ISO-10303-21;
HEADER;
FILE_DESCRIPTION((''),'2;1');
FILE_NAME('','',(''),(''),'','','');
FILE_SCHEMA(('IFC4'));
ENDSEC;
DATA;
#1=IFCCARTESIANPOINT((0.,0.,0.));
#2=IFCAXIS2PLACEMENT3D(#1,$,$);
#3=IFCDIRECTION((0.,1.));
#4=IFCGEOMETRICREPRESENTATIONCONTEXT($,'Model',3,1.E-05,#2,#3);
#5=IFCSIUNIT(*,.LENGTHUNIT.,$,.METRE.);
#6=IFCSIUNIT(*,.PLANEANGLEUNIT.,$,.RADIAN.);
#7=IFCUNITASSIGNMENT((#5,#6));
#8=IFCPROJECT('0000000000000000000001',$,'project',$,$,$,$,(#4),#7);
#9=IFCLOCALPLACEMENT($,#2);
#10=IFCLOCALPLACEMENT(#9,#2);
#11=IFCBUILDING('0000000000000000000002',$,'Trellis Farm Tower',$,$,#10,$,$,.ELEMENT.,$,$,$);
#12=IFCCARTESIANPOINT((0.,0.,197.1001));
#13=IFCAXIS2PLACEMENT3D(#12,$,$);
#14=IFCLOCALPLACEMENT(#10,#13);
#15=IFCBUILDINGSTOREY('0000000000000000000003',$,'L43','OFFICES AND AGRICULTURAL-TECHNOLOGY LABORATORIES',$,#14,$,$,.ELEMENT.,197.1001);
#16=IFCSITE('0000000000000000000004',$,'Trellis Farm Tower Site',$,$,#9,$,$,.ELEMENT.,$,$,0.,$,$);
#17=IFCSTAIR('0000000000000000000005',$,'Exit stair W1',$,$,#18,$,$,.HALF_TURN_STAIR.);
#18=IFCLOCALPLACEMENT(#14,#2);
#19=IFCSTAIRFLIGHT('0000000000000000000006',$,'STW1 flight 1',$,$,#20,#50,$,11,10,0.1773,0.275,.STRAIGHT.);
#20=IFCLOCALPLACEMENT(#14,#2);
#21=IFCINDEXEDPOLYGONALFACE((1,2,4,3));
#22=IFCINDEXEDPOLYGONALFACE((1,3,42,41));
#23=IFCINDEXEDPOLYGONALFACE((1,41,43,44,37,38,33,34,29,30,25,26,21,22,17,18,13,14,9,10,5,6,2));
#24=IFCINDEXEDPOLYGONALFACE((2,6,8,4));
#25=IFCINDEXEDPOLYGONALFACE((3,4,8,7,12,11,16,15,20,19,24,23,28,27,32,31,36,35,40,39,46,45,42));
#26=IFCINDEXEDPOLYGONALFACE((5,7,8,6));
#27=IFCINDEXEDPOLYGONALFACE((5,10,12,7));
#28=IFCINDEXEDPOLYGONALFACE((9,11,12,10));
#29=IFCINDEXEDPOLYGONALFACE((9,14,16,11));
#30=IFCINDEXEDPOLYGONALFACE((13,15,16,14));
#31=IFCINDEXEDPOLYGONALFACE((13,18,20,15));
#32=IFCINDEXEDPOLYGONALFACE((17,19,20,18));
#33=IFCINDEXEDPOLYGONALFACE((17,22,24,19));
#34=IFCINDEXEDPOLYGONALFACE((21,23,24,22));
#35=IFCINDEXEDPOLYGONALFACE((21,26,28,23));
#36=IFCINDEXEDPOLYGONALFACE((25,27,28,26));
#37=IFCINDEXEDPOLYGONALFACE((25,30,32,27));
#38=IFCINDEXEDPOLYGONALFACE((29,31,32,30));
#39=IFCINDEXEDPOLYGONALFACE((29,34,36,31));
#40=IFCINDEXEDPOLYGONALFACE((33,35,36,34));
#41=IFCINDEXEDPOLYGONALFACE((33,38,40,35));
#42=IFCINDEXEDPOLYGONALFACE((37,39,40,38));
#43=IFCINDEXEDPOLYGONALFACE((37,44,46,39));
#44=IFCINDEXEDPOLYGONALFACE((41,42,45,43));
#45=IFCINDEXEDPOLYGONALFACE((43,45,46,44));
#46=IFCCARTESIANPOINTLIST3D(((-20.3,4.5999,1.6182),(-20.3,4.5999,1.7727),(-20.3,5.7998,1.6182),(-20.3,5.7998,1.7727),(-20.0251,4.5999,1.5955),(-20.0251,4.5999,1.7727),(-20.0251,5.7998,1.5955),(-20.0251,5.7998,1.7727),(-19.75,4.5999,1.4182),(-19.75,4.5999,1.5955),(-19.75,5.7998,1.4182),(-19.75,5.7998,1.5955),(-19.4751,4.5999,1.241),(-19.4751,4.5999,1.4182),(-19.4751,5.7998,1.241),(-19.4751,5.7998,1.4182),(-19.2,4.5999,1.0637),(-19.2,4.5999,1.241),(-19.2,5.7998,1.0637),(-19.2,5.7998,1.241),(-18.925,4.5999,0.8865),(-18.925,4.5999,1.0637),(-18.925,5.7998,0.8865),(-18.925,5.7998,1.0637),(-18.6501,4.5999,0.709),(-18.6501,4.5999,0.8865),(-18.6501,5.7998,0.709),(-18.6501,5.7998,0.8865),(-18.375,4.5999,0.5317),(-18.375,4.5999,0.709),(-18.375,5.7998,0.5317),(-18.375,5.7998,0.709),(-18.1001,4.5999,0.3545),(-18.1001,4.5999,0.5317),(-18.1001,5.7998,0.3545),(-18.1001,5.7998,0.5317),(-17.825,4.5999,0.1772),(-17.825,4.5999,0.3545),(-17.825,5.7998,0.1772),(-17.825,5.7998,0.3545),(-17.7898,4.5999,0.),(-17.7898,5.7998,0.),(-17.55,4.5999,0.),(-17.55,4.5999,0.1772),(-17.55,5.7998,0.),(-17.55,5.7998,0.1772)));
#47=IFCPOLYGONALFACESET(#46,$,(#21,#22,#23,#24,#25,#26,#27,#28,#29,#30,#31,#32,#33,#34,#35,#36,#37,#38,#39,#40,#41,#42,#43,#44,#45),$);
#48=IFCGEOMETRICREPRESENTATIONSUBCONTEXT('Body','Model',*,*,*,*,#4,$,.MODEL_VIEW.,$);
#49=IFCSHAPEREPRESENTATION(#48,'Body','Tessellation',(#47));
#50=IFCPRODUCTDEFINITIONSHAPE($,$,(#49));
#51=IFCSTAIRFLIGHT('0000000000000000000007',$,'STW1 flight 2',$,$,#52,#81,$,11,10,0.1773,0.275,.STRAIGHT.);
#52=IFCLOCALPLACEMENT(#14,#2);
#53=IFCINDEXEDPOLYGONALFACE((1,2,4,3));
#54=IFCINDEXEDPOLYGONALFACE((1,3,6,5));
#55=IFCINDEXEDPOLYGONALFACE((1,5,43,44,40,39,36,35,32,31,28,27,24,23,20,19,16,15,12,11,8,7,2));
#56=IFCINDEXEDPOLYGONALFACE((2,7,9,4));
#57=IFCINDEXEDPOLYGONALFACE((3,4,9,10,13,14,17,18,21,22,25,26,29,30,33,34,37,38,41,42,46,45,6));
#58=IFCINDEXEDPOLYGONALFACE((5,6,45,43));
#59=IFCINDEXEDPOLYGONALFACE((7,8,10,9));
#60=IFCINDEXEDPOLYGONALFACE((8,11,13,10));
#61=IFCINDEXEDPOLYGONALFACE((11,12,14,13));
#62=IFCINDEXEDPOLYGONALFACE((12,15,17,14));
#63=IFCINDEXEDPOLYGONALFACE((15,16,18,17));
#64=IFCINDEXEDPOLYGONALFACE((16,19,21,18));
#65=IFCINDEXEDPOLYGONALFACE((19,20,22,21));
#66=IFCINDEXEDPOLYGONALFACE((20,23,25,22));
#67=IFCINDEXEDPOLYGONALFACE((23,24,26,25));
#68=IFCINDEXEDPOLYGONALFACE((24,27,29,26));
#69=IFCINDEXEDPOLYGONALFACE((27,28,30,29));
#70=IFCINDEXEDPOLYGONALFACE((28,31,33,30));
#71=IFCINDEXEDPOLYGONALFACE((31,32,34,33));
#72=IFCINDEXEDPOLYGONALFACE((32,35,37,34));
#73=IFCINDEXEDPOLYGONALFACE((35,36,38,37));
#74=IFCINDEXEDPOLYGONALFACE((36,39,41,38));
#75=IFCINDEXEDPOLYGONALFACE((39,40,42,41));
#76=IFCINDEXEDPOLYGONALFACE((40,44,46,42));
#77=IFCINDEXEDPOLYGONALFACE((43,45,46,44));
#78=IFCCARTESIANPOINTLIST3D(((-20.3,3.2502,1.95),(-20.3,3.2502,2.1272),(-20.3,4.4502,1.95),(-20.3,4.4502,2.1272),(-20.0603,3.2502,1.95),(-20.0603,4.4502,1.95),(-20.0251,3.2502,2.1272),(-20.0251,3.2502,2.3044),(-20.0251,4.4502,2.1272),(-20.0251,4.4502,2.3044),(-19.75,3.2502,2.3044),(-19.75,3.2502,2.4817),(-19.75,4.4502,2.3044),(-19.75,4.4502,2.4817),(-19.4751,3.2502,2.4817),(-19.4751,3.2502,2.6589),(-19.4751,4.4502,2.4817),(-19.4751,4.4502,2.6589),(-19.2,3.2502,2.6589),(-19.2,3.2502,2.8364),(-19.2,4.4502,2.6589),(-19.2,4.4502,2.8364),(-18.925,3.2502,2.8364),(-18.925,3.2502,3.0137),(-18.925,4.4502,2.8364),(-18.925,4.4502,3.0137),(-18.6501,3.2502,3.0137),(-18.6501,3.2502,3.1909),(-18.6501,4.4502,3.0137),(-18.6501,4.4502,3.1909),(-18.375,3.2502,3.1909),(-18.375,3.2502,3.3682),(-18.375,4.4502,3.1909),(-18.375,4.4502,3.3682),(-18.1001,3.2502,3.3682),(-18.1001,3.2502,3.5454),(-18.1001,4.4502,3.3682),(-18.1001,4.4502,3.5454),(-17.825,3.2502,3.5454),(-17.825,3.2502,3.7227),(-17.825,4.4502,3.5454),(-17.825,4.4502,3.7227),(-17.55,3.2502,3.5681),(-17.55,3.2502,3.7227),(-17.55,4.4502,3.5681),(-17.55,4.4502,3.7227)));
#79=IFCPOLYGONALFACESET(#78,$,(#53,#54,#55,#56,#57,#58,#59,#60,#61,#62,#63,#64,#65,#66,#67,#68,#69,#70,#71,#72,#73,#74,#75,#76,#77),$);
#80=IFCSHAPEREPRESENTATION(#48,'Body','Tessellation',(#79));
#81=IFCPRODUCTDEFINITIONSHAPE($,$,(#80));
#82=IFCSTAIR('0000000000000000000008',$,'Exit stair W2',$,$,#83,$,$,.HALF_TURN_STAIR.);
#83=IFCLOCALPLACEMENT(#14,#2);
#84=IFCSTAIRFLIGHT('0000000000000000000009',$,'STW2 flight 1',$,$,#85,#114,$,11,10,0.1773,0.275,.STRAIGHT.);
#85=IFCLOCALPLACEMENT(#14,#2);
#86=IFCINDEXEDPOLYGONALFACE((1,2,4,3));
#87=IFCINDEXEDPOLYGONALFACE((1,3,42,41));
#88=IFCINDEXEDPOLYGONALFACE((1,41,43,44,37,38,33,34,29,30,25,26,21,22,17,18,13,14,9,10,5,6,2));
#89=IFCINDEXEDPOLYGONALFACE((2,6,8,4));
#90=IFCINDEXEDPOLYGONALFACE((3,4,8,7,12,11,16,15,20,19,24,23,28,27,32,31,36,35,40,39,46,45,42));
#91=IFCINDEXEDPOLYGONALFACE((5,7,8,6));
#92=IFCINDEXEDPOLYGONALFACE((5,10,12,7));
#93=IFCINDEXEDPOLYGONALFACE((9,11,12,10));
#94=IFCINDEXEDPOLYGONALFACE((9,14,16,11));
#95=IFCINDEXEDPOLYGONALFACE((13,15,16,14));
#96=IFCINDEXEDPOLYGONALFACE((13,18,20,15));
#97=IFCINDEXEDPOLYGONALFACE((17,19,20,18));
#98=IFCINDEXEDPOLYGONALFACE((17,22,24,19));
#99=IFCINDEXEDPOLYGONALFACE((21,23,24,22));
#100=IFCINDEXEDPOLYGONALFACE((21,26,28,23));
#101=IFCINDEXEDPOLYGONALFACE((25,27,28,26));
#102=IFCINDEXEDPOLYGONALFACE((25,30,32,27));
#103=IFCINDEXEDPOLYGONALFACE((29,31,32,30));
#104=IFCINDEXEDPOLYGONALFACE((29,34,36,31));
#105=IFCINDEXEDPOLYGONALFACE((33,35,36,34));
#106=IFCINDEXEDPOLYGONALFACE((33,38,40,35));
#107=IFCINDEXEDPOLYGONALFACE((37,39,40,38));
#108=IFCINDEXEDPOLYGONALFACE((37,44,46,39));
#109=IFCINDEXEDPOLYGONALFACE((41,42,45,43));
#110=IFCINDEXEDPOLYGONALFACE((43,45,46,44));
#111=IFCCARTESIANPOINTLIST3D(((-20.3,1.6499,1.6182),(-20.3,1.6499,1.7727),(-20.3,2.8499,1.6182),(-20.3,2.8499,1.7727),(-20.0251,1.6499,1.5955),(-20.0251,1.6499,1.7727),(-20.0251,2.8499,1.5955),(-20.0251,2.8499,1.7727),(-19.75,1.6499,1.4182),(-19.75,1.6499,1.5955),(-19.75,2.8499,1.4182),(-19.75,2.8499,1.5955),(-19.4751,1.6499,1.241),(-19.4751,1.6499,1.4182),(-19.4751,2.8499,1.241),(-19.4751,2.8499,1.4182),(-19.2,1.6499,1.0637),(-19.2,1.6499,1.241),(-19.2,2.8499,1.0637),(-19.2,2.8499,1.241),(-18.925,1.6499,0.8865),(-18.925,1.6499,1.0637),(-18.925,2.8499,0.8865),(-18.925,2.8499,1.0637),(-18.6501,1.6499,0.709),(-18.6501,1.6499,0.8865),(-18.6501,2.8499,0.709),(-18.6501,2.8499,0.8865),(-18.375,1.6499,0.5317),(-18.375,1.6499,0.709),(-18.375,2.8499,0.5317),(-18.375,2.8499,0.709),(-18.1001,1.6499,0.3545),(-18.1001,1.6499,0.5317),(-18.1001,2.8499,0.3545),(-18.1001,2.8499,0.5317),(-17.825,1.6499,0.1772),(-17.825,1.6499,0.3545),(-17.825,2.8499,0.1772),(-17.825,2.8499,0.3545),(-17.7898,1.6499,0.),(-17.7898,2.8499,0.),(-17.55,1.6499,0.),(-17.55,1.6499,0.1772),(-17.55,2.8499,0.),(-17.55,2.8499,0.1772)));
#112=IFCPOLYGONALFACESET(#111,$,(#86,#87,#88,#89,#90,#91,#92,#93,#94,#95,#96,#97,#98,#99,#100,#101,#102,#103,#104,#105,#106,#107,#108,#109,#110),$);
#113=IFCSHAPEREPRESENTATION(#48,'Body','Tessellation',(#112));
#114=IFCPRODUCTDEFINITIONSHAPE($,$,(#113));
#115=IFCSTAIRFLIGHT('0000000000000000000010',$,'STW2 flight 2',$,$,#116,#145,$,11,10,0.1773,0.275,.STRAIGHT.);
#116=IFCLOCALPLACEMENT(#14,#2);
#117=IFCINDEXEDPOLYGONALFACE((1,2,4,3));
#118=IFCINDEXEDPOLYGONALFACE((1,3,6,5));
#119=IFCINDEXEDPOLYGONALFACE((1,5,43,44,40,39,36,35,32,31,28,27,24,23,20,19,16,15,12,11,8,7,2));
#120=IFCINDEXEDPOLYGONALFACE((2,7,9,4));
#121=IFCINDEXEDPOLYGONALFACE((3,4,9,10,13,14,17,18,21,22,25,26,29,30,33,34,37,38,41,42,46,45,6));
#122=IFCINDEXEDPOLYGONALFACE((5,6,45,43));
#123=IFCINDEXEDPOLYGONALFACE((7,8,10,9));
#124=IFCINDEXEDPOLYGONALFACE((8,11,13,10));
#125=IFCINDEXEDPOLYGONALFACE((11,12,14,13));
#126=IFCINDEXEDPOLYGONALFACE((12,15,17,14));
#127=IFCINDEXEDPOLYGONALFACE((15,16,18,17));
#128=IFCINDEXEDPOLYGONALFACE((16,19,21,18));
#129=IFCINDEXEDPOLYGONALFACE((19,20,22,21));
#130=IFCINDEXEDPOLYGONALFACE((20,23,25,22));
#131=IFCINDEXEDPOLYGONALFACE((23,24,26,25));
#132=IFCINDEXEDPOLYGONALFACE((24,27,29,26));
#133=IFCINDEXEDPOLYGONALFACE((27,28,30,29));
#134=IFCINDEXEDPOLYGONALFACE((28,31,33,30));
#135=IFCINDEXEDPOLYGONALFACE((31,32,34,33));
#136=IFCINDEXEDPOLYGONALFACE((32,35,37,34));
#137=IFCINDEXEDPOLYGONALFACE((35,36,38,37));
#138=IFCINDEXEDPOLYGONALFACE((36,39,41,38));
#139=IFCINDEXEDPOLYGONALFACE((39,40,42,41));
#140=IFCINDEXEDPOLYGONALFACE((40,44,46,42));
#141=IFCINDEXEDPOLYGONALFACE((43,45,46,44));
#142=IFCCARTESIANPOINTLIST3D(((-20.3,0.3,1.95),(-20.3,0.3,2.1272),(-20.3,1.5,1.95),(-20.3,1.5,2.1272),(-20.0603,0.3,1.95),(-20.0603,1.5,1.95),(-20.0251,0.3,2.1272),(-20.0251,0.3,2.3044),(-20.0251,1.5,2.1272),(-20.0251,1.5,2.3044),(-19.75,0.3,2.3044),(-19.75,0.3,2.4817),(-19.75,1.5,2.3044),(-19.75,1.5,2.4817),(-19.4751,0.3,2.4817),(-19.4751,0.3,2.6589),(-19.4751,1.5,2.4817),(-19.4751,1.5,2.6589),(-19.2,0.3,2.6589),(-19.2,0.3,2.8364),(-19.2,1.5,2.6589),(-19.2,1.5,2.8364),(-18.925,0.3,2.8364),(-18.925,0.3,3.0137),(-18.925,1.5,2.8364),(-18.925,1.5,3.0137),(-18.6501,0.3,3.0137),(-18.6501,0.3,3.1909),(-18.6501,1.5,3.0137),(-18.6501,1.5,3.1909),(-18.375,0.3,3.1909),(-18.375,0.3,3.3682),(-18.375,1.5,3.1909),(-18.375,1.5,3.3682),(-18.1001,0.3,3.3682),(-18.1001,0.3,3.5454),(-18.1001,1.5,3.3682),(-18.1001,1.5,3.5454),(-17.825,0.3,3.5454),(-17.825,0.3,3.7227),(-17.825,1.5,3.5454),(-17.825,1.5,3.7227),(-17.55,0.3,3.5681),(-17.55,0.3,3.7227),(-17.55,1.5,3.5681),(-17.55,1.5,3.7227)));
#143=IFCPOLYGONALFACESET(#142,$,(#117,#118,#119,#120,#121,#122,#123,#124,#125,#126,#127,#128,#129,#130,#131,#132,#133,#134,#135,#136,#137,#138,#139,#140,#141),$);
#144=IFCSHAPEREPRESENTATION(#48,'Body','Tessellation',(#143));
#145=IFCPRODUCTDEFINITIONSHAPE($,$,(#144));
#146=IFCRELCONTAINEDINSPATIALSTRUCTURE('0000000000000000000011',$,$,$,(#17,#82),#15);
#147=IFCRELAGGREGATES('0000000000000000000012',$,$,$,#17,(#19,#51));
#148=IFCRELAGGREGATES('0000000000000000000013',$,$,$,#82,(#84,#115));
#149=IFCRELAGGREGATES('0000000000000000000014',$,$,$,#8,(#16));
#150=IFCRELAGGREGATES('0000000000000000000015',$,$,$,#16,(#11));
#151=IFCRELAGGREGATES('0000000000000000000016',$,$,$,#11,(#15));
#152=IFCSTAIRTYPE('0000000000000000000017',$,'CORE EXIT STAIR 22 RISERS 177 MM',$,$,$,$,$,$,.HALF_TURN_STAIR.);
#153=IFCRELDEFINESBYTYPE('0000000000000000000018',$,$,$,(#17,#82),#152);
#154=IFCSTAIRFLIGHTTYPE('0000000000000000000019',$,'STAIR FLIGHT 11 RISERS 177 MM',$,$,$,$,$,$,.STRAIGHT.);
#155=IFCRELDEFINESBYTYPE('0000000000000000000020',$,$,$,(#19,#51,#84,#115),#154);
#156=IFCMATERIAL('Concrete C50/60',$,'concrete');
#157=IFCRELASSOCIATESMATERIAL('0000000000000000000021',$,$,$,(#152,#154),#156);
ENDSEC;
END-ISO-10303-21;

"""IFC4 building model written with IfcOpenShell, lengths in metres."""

from ifc_helpers import new_model, si_unit, direction, frame, origin, place, context, subcontext, project, spatial, polyline, outline, extrude, source, transform, mapped, material, type_object, element, aggregate, save


model = new_model("IFC4")

# Units and contexts
model_context = context("Model", 3, precision=1e-05, world=origin(), true_north=direction((0.0, 1.0)))
body_context = subcontext(model_context, "Body", "Model", "MODEL_VIEW")
ifc_project = project(units=[si_unit("LENGTHUNIT", "METRE"), si_unit("PLANEANGLEUNIT", "RADIAN")], contexts=[model_context])

# Site, building, storey
site_placement = place(None, origin())
site = spatial("IfcSite", under=ifc_project, at=site_placement, Name="Trellis Farm Tower Site", CompositionType="ELEMENT", RefElevation=0.0)
building_placement = place(site_placement, origin())
building = spatial("IfcBuilding", under=site, at=building_placement, Name="Trellis Farm Tower", CompositionType="ELEMENT")
storey_placement = place(building_placement, frame((0.0, 0.0, 197.1001)))
storey = spatial("IfcBuildingStorey", under=building, at=storey_placement, Name="L43", Description="OFFICES AND AGRICULTURAL-TECHNOLOGY LABORATORIES", CompositionType="ELEMENT", Elevation=197.1001)

# Shared definitions
placement = place(storey_placement, origin())

# Stairs, stair flights
ifc_material_1 = material(Name="Concrete C50/60", Category="concrete")
stair_type = type_object("IfcStairType", Name="CORE EXIT STAIR 22 RISERS 177 MM", PredefinedType="HALF_TURN_STAIR", material=ifc_material_1)
stair_1 = element("IfcStair", 1, at=placement, inside=storey, type_object=stair_type, Name="Exit stair W1", PredefinedType="HALF_TURN_STAIR")
stair_flight_type = type_object("IfcStairFlightType", Name="STAIR FLIGHT 11 RISERS 177 MM", PredefinedType="STRAIGHT", material=ifc_material_1)
shared_shape_1 = source(origin(), body_context, "Body", "SweptSolid", [
    extrude(outline(polyline([(0.0, 0.0), (0.0, 0.1772), (0.2749, 0.1772), (0.2749, 0.3545), (0.55, 0.3545), (0.55, 0.5317), (0.825, 0.5317), (0.825, 0.709), (1.1001, 0.709), (1.1001, 0.8865), (1.375, 0.8865), (1.375, 1.0637), (1.6499, 1.0637), (1.6499, 1.241), (1.925, 1.241), (1.925, 1.4182), (2.2, 1.4182), (2.2, 1.5955), (2.4751, 1.5955), (2.4751, 1.7727), (2.75, 1.7727), (2.75, 1.95), (2.75, 1.6182), (0.2397, 0.0), (0.0, 0.0)])), frame((0.0, 0.6001, 0.0), z_axis=(0.0, -1.0, 0.0), x_axis=(1.0, 0.0, 0.0)), (0.0, 0.0, 1.0), 1.2),
])
stair_flight_1_placement = place(storey_placement, frame((-17.55, 5.2, 0.0), z_axis=(0.0, 0.0, 1.0), x_axis=(-1.0, 0.0, 0.0)))
stair_flight_1 = element("IfcStairFlight", 2, at=stair_flight_1_placement, type_object=stair_flight_type, Name="STW1 flight 1", NumberOfRisers=11, NumberOfTreads=10, PredefinedType="STRAIGHT", RiserHeight=0.1773, TreadLength=0.275, context=body_context, shape_type="MappedRepresentation", body=[
    mapped(shared_shape_1, transform((0.0, 0.0, 0.0))),
])
stair_flight_2_placement = place(storey_placement, frame((-20.3, 3.8501, 1.95), z_axis=(0.0, 0.0, 1.0), x_axis=(1.0, 0.0, 0.0)))
stair_flight_2 = element("IfcStairFlight", 3, at=stair_flight_2_placement, type_object=stair_flight_type, Name="STW1 flight 2", NumberOfRisers=11, NumberOfTreads=10, PredefinedType="STRAIGHT", RiserHeight=0.1773, TreadLength=0.275, context=body_context, shape_type="MappedRepresentation", body=[
    mapped(shared_shape_1, transform((0.0, 0.0, 0.0))),
])
aggregate(stair_1, [stair_flight_1, stair_flight_2])
stair_2 = element("IfcStair", 4, at=placement, inside=storey, type_object=stair_type, Name="Exit stair W2", PredefinedType="HALF_TURN_STAIR")
stair_flight_3_placement = place(storey_placement, frame((-17.55, 2.25, 0.0), z_axis=(0.0, 0.0, 1.0), x_axis=(-1.0, 0.0, 0.0)))
stair_flight_3 = element("IfcStairFlight", 5, at=stair_flight_3_placement, type_object=stair_flight_type, Name="STW2 flight 1", NumberOfRisers=11, NumberOfTreads=10, PredefinedType="STRAIGHT", RiserHeight=0.1773, TreadLength=0.275, context=body_context, shape_type="MappedRepresentation", body=[
    mapped(shared_shape_1, transform((0.0, 0.0, 0.0))),
])
stair_flight_4_placement = place(storey_placement, frame((-20.3, 0.8999, 1.95), z_axis=(0.0, 0.0, 1.0), x_axis=(1.0, 0.0, 0.0)))
stair_flight_4 = element("IfcStairFlight", 6, at=stair_flight_4_placement, type_object=stair_flight_type, Name="STW2 flight 2", NumberOfRisers=11, NumberOfTreads=10, PredefinedType="STRAIGHT", RiserHeight=0.1773, TreadLength=0.275, context=body_context, shape_type="MappedRepresentation", body=[
    mapped(shared_shape_1, transform((0.0, 0.0, 0.0))),
])
aggregate(stair_2, [stair_flight_3, stair_flight_4])

save(model, "model.ifc")
